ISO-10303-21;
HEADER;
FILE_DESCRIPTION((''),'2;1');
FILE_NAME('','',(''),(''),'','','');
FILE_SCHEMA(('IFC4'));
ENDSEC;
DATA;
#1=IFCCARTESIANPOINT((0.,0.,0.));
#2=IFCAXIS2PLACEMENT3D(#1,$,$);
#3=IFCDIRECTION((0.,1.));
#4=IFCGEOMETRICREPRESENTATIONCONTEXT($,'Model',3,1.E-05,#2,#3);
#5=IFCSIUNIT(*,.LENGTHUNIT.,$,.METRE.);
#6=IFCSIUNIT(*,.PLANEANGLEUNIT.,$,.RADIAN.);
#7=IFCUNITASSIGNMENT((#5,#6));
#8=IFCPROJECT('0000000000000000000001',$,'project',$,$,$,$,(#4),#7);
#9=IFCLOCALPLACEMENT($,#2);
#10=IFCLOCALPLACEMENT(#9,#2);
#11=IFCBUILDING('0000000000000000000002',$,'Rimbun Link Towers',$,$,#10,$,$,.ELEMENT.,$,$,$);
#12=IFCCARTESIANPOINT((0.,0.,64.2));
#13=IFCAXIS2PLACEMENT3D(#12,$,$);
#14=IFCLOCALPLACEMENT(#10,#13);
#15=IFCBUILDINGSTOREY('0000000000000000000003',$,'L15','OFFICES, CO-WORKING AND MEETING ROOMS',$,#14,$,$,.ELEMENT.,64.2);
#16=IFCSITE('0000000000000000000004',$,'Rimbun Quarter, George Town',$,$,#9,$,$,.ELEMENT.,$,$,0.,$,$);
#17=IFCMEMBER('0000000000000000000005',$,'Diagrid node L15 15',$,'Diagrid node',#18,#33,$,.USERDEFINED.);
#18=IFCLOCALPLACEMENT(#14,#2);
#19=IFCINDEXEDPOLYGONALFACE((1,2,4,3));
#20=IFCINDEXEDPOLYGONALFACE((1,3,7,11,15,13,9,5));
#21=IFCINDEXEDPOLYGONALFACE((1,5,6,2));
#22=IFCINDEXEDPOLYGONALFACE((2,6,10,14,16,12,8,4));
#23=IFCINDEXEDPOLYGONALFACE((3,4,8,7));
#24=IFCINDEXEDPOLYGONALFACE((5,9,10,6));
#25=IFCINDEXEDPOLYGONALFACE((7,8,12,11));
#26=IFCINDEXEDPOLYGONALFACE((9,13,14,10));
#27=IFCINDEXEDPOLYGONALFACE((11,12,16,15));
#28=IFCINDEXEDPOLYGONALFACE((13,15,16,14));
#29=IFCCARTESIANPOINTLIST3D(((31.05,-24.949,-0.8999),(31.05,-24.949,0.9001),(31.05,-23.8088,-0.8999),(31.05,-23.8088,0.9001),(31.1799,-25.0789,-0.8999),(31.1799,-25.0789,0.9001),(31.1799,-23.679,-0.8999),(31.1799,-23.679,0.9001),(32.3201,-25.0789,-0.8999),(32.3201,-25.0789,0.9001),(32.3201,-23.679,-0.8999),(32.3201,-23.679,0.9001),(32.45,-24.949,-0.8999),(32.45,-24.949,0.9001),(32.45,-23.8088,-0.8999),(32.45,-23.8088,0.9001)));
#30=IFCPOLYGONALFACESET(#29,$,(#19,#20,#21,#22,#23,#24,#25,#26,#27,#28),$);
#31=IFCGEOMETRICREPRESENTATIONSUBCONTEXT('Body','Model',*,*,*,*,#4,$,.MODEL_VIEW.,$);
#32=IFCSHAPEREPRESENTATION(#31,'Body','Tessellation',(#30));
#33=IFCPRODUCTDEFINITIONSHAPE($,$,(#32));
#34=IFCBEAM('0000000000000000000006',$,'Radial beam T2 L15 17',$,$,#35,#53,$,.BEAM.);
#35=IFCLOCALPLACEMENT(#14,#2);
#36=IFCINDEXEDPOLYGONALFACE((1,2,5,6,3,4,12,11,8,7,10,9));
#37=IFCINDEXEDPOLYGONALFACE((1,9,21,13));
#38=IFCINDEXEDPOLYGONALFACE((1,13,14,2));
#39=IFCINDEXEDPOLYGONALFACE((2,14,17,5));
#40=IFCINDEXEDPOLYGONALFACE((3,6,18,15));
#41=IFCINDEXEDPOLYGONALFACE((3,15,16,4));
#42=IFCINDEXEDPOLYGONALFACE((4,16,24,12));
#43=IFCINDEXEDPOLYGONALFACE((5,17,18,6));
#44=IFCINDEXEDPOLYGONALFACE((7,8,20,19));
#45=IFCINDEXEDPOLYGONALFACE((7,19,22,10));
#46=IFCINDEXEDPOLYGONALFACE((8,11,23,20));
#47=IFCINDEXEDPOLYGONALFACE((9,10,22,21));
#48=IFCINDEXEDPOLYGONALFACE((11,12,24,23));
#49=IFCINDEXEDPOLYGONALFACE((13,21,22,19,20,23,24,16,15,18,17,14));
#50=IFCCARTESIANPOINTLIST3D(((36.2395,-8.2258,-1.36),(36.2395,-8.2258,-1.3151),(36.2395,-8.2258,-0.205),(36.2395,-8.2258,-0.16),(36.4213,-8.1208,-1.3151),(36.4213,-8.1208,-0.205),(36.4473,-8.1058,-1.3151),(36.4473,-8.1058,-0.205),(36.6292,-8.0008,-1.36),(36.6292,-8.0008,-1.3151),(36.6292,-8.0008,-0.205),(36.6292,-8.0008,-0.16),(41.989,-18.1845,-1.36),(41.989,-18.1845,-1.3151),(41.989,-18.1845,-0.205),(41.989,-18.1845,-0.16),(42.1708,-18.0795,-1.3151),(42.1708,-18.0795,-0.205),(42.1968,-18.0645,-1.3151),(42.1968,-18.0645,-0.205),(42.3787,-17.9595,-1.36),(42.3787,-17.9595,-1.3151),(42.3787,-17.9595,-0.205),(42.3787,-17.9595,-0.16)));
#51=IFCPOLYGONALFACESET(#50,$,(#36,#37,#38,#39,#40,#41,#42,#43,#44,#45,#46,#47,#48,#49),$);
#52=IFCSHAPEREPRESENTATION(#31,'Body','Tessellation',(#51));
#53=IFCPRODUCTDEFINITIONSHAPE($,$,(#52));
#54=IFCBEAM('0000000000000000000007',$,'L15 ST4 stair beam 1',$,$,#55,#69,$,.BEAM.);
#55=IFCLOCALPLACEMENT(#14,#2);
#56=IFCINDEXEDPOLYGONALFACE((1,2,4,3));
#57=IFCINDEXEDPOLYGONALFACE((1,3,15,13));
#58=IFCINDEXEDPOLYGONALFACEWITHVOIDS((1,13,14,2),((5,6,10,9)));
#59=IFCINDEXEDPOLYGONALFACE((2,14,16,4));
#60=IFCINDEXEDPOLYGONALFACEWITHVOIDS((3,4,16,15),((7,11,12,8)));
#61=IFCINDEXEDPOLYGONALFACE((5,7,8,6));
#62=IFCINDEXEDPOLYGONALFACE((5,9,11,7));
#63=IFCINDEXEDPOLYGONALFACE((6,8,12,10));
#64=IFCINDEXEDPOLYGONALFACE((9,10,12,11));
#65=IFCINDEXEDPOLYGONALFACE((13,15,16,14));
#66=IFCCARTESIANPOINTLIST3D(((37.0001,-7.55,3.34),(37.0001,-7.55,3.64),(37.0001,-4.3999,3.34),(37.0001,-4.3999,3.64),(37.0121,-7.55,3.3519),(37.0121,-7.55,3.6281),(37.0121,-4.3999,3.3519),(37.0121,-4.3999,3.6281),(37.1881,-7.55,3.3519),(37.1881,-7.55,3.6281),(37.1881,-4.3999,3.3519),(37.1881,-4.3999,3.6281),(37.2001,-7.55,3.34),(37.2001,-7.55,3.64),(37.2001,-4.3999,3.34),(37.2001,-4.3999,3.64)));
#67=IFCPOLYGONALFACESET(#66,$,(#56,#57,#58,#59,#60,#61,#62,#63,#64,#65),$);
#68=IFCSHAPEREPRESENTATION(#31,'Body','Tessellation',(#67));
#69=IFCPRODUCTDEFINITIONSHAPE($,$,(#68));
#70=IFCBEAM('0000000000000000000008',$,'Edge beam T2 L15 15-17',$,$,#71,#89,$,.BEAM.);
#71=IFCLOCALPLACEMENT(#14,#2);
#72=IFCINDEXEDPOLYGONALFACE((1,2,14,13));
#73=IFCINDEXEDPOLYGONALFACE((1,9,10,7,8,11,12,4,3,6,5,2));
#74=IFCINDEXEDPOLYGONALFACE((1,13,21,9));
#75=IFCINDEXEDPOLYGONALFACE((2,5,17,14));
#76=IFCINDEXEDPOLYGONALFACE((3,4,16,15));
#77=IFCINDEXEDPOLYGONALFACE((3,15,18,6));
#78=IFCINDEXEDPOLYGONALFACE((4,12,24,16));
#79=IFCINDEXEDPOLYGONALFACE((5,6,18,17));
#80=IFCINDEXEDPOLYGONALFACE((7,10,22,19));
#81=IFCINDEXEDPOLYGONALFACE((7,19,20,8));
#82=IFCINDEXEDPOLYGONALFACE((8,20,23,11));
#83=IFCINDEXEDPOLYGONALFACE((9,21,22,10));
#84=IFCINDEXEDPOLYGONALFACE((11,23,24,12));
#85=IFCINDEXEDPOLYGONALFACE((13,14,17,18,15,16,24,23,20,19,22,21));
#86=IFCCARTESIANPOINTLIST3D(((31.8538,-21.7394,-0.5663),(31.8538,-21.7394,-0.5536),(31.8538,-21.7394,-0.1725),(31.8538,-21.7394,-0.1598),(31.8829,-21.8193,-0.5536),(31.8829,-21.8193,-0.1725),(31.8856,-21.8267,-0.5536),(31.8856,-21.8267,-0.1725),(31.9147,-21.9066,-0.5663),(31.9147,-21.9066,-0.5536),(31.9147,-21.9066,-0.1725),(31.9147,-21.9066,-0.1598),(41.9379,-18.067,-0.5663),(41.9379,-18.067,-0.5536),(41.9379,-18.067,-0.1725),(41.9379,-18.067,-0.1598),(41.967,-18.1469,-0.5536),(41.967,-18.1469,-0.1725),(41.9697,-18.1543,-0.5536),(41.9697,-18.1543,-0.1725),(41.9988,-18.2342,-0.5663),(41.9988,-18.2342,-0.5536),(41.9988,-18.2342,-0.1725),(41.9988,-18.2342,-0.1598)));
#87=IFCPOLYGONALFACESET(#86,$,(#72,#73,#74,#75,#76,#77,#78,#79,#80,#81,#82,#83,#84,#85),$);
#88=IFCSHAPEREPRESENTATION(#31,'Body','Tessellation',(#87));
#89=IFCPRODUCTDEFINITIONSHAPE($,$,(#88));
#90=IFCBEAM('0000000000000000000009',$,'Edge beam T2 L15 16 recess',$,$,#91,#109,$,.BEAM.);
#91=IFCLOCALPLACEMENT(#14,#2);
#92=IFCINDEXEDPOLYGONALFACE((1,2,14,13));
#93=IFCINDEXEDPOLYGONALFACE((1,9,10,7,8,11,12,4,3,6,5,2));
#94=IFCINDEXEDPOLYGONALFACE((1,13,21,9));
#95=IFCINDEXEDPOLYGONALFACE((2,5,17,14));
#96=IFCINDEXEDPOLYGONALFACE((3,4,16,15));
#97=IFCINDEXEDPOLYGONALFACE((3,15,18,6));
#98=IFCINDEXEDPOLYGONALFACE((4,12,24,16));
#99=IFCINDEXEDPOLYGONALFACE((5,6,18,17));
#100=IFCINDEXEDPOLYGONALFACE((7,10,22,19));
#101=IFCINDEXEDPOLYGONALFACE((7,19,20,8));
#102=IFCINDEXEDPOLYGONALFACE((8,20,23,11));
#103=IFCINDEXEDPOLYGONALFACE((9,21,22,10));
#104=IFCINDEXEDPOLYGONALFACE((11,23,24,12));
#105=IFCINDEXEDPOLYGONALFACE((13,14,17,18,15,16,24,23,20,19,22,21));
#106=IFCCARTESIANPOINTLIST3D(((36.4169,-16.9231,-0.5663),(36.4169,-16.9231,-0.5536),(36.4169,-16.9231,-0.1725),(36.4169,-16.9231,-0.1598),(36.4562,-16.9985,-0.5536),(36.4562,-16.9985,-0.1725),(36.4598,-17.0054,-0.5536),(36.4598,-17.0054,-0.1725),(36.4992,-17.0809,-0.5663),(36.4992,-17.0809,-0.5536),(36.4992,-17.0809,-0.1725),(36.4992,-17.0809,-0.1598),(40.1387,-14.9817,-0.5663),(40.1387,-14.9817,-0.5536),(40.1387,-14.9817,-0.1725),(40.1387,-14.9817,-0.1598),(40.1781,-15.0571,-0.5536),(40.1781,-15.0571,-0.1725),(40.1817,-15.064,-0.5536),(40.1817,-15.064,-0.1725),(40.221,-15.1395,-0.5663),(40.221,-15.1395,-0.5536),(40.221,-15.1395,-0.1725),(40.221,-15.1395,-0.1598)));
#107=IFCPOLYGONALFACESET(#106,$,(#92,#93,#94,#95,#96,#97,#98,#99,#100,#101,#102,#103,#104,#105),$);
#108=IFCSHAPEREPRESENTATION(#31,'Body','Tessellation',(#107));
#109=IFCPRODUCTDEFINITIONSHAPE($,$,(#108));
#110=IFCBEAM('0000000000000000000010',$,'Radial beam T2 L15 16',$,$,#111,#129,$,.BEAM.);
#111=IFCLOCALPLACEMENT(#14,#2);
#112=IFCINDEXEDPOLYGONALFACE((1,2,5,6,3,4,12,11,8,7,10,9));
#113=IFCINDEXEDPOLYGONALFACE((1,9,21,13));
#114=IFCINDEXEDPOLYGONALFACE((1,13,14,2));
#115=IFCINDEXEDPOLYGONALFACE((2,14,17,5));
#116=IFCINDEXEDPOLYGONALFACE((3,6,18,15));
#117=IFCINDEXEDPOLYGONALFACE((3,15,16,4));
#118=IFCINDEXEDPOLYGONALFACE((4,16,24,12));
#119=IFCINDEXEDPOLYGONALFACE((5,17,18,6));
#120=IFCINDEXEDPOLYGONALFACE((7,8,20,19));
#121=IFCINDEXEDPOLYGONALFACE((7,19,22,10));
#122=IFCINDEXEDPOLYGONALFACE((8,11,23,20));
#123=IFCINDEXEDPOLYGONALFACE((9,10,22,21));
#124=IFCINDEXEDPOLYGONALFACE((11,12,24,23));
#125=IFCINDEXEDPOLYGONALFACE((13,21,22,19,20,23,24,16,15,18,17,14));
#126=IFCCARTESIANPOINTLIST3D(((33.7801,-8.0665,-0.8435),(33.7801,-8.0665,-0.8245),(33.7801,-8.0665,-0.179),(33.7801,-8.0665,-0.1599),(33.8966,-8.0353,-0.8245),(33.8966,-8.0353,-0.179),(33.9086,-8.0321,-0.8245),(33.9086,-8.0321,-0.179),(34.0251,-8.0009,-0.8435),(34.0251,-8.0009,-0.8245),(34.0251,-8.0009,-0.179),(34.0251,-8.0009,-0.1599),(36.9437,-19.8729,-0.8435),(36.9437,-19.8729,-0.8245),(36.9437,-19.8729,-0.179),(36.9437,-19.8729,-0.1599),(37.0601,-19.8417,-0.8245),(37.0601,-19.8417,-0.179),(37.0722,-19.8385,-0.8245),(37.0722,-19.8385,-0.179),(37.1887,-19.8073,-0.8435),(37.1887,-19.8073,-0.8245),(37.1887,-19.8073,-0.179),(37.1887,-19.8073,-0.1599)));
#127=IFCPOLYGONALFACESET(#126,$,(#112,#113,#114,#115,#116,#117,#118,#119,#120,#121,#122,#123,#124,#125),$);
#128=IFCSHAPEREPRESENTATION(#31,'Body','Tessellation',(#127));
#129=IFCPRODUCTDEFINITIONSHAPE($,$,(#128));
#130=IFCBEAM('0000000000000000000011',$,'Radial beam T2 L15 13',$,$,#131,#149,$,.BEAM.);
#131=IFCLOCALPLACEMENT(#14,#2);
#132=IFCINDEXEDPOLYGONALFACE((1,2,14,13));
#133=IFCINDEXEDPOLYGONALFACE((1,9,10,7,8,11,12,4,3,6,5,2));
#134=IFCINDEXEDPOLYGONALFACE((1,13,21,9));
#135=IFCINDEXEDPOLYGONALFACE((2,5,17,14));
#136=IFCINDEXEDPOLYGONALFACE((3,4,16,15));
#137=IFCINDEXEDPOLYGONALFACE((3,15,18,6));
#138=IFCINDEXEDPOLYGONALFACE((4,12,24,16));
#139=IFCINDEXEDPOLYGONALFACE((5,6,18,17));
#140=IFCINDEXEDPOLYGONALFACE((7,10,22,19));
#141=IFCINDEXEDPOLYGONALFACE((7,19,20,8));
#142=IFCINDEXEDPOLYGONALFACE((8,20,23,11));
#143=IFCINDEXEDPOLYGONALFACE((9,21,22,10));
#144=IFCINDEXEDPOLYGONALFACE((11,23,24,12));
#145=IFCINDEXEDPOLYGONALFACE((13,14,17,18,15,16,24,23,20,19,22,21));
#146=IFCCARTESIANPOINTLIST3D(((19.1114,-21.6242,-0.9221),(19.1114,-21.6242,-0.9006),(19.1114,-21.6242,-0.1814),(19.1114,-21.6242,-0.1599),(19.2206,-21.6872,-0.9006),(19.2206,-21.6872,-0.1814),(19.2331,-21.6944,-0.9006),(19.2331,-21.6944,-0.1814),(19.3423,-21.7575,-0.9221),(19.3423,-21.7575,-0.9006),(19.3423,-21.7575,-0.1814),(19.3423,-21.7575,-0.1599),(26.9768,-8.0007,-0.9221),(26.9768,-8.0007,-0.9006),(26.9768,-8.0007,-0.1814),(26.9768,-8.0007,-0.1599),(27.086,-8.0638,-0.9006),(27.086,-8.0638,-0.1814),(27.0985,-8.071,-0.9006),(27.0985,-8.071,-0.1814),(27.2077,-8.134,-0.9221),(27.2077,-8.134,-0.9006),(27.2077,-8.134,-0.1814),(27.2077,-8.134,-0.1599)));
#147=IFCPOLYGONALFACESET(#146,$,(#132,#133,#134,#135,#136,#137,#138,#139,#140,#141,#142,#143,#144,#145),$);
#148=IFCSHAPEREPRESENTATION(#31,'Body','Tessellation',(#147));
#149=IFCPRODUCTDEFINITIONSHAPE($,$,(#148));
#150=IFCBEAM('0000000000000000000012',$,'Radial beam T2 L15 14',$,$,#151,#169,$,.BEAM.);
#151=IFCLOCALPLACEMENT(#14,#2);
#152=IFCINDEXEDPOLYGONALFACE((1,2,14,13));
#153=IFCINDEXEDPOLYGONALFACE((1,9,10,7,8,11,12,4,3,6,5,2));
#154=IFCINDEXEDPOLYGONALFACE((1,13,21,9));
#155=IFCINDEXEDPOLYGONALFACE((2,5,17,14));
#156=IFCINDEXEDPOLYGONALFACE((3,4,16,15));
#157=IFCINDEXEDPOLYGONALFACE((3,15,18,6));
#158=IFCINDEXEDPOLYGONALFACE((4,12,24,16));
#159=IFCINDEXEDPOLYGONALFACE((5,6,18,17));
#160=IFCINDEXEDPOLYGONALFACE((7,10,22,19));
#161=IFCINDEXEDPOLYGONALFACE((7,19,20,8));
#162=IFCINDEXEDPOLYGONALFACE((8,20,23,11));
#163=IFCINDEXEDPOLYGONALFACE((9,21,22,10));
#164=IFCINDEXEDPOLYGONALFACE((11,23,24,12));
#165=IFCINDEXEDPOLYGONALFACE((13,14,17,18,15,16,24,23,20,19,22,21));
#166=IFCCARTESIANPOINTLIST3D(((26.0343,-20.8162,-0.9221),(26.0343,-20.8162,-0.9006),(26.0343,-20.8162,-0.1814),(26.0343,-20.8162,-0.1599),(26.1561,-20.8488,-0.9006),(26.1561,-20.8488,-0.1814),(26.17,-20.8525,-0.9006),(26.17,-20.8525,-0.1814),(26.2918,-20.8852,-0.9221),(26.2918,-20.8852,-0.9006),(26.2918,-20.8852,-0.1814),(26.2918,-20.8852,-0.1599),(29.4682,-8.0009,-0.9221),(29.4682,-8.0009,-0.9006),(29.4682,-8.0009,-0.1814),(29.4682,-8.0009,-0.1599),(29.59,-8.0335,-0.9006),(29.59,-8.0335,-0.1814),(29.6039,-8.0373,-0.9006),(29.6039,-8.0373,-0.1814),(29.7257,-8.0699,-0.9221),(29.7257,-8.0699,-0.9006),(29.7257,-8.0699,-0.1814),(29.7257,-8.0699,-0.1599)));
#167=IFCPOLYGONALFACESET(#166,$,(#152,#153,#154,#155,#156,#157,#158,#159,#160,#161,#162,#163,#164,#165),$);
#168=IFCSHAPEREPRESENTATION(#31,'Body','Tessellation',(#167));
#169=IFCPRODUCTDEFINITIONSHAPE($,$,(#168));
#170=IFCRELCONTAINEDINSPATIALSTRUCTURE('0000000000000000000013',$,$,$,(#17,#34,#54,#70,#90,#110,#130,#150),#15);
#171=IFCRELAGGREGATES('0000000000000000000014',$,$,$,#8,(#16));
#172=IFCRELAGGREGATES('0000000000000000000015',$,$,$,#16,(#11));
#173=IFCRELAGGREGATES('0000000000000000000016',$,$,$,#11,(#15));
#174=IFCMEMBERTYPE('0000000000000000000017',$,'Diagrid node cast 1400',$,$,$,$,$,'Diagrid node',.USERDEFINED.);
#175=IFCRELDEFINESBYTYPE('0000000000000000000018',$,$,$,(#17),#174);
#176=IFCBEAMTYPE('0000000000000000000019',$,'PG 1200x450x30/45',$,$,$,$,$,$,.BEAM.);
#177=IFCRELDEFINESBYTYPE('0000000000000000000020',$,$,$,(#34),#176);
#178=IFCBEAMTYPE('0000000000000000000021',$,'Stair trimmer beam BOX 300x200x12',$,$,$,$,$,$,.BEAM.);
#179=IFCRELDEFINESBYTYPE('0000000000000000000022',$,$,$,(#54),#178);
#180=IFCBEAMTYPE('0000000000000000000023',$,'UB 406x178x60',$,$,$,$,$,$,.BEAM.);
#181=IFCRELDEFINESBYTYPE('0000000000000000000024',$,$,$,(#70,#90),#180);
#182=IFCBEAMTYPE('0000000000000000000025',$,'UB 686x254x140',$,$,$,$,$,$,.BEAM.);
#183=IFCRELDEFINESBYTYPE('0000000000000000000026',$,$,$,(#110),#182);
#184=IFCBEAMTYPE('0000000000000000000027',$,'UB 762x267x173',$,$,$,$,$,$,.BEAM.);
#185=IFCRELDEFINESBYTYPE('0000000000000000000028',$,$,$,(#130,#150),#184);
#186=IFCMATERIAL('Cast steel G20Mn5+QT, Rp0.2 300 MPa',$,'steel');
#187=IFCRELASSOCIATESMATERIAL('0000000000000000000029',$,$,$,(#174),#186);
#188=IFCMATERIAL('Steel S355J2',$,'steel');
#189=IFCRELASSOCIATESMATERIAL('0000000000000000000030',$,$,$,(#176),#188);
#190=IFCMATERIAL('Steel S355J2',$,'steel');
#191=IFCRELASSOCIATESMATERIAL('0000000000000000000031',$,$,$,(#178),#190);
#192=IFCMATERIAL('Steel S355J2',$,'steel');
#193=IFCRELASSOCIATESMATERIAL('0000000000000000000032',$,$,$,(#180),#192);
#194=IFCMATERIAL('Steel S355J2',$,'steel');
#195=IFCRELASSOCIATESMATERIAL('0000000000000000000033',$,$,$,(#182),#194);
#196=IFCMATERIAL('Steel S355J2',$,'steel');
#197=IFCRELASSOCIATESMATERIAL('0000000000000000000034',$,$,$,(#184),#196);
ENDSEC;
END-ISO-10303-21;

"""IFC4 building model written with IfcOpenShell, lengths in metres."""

from ifc_helpers import new_model, si_unit, direction, frame, origin, origin_2d, place, context, subcontext, project, spatial, polyline, hollow_rectangle, i_section, outline, extrude, material, material_profile, profile_set, type_object, element, save


model = new_model("IFC4")

# Units and contexts
model_context = context("Model", 3, precision=1e-05, world=origin(), true_north=direction((0.0, 1.0)))
body_context = subcontext(model_context, "Body", "Model", "MODEL_VIEW")
ifc_project = project(units=[si_unit("LENGTHUNIT", "METRE"), si_unit("PLANEANGLEUNIT", "RADIAN")], contexts=[model_context])

# Site, building, storey
site_placement = place(None, origin())
site = spatial("IfcSite", under=ifc_project, at=site_placement, Name="Rimbun Quarter, George Town", CompositionType="ELEMENT", RefElevation=0.0)
building_placement = place(site_placement, origin())
building = spatial("IfcBuilding", under=site, at=building_placement, Name="Rimbun Link Towers", CompositionType="ELEMENT")
storey_placement = place(building_placement, frame((0.0, 0.0, 64.2)))
storey = spatial("IfcBuildingStorey", under=building, at=storey_placement, Name="L15", Description="OFFICES, CO-WORKING AND MEETING ROOMS", CompositionType="ELEMENT", Elevation=64.2)

# Member
ifc_material_1 = material(Name="Cast steel G20Mn5+QT, Rp0.2 300 MPa", Category="steel")
ifc_material_profile_1 = material_profile(ifc_material_1, outline(polyline([(0.7, -0.5701), (0.7, 0.5701), (0.5701, 0.7), (-0.5701, 0.7), (-0.7, 0.5701), (-0.7, -0.5701), (-0.5701, -0.7), (0.5701, -0.7), (0.7, -0.5701)])), Name="NODE 1400x1400")
ifc_profile_set_1 = profile_set([ifc_material_profile_1], Name="Cast steel G20Mn5+QT, Rp0.2 300 MPa")
member_type_1 = type_object("IfcMemberType", Name="Diagrid node cast 1400", ElementType="Diagrid node", PredefinedType="USERDEFINED", material=ifc_profile_set_1)
member_1_placement = place(storey_placement, frame((31.75, -24.3789, -0.8999), z_axis=(0.0, 0.0, 1.0), x_axis=(0.0, -1.0, 0.0)))
element("IfcMember", 1, at=member_1_placement, inside=storey, type_object=member_type_1, Name="Diagrid node L15 15", ObjectType="Diagrid node", PredefinedType="USERDEFINED", context=body_context, shape_type="SweptSolid", body=[
    extrude(outline(polyline([(0.7, -0.5701), (0.7, 0.5701), (0.5701, 0.7), (-0.5701, 0.7), (-0.7, 0.5701), (-0.7, -0.5701), (-0.5701, -0.7), (0.5701, -0.7), (0.7, -0.5701)])), origin(), (0.0, 0.0, 1.0), 1.8),
])

# Beams
ifc_material_2 = material(Name="Steel S355J2", Category="steel")
ifc_material_profile_2 = material_profile(ifc_material_2, i_section(OverallWidth=0.45, OverallDepth=1.2, WebThickness=0.03, FlangeThickness=0.0449, at=origin_2d()), Name="PG 1200x450x30/45")
ifc_profile_set_2 = profile_set([ifc_material_profile_2], Name="Steel S355J2")
beam_type_1 = type_object("IfcBeamType", Name="PG 1200x450x30/45", PredefinedType="BEAM", material=ifc_profile_set_2)
beam_1_placement = place(storey_placement, frame((36.4343, -8.1133, -0.76), z_axis=(0.499989, -0.866032, 0.0), x_axis=(0.866032, 0.499989, 0.0)))
element("IfcBeam", 2, at=beam_1_placement, inside=storey, type_object=beam_type_1, Name="Radial beam T2 L15 17", PredefinedType="BEAM", context=body_context, shape_type="SweptSolid", body=[
    extrude(i_section(OverallWidth=0.45, OverallDepth=1.2, WebThickness=0.03, FlangeThickness=0.0449, at=origin_2d()), origin(), (0.0, 0.0, 1.0), 11.4993),
])
ifc_material_3 = material(Name="Steel S355J2", Category="steel")
ifc_material_profile_3 = material_profile(ifc_material_3, hollow_rectangle(XDim=0.2, YDim=0.3, WallThickness=0.012, at=origin_2d()), Name="BOX 300x200x12")
ifc_profile_set_3 = profile_set([ifc_material_profile_3], Name="Steel S355J2")
beam_type_2 = type_object("IfcBeamType", Name="Stair trimmer beam BOX 300x200x12", PredefinedType="BEAM", material=ifc_profile_set_3)
beam_2_placement = place(storey_placement, frame((37.1001, -7.55, 3.49), z_axis=(0.0, 1.0, 0.0), x_axis=(-1.0, 0.0, 0.0)))
element("IfcBeam", 3, at=beam_2_placement, inside=storey, type_object=beam_type_2, Name="L15 ST4 stair beam 1", PredefinedType="BEAM", context=body_context, shape_type="SweptSolid", body=[
    extrude(hollow_rectangle(XDim=0.2, YDim=0.3, WallThickness=0.012, at=origin_2d()), origin(), (0.0, 0.0, 1.0), 3.1501),
])
ifc_material_4 = material(Name="Steel S355J2", Category="steel")
ifc_material_profile_4 = material_profile(ifc_material_4, i_section(OverallWidth=0.178, OverallDepth=0.4065, WebThickness=0.0078, FlangeThickness=0.0127, at=origin_2d()), Name="UB 406x178x60")
ifc_profile_set_4 = profile_set([ifc_material_profile_4], Name="Steel S355J2")
beam_type_3 = type_object("IfcBeamType", Name="UB 406x178x60", PredefinedType="BEAM", material=ifc_profile_set_4)
beam_3_placement = place(storey_placement, frame((31.8843, -21.823, -0.363), z_axis=(0.93963, 0.342192, 0.0), x_axis=(-0.342192, 0.93963, 0.0)))
element("IfcBeam", 4, at=beam_3_placement, inside=storey, type_object=beam_type_3, Name="Edge beam T2 L15 15-17", PredefinedType="BEAM", context=body_context, shape_type="SweptSolid", body=[
    extrude(i_section(OverallWidth=0.178, OverallDepth=0.4065, WebThickness=0.0078, FlangeThickness=0.0127, at=origin_2d()), origin(), (0.0, 0.0, 1.0), 10.7319),
])
beam_4_placement = place(storey_placement, frame((36.458, -17.002, -0.363), z_axis=(0.88663, 0.462479, 0.0), x_axis=(-0.462479, 0.88663, 0.0)))
element("IfcBeam", 5, at=beam_4_placement, inside=storey, type_object=beam_type_3, Name="Edge beam T2 L15 16 recess", PredefinedType="BEAM", context=body_context, shape_type="SweptSolid", body=[
    extrude(i_section(OverallWidth=0.178, OverallDepth=0.4065, WebThickness=0.0078, FlangeThickness=0.0127, at=origin_2d()), origin(), (0.0, 0.0, 1.0), 4.1978),
])
ifc_material_5 = material(Name="Steel S355J2", Category="steel")
ifc_material_profile_5 = material_profile(ifc_material_5, i_section(OverallWidth=0.2537, OverallDepth=0.6836, WebThickness=0.0125, FlangeThickness=0.019, at=origin_2d()), Name="UB 686x254x140")
ifc_profile_set_5 = profile_set([ifc_material_profile_5], Name="Steel S355J2")
beam_type_4 = type_object("IfcBeamType", Name="UB 686x254x140", PredefinedType="BEAM", material=ifc_profile_set_5)
beam_5_placement = place(storey_placement, frame((33.9026, -8.0337, -0.5017), z_axis=(0.258824, -0.965925, 0.0), x_axis=(0.965925, 0.258824, 0.0)))
element("IfcBeam", 6, at=beam_5_placement, inside=storey, type_object=beam_type_4, Name="Radial beam T2 L15 16", PredefinedType="BEAM", context=body_context, shape_type="SweptSolid", body=[
    extrude(i_section(OverallWidth=0.2537, OverallDepth=0.6836, WebThickness=0.0125, FlangeThickness=0.019, at=origin_2d()), origin(), (0.0, 0.0, 1.0), 12.2229),
])
ifc_material_6 = material(Name="Steel S355J2", Category="steel")
ifc_material_profile_6 = material_profile(ifc_material_6, i_section(OverallWidth=0.2666, OverallDepth=0.7622, WebThickness=0.0144, FlangeThickness=0.0215, at=origin_2d()), Name="UB 762x267x173")
ifc_profile_set_6 = profile_set([ifc_material_profile_6], Name="Steel S355J2")
beam_type_5 = type_object("IfcBeamType", Name="UB 762x267x173", PredefinedType="BEAM", material=ifc_profile_set_6)
beam_6_placement = place(storey_placement, frame((27.0923, -8.0674, -0.541), z_axis=(-0.499997, -0.866027, 0.0), x_axis=(0.866027, -0.499997, 0.0)))
element("IfcBeam", 7, at=beam_6_placement, inside=storey, type_object=beam_type_5, Name="Radial beam T2 L15 13", PredefinedType="BEAM", context=body_context, shape_type="SweptSolid", body=[
    extrude(i_section(OverallWidth=0.2666, OverallDepth=0.7622, WebThickness=0.0144, FlangeThickness=0.0215, at=origin_2d()), origin(), (0.0, 0.0, 1.0), 15.731),
])
beam_7_placement = place(storey_placement, frame((29.5969, -8.0354, -0.541), z_axis=(-0.25882, -0.965925, 0.0), x_axis=(0.965925, -0.25882, 0.0)))
element("IfcBeam", 8, at=beam_7_placement, inside=storey, type_object=beam_type_5, Name="Radial beam T2 L15 14", PredefinedType="BEAM", context=body_context, shape_type="SweptSolid", body=[
    extrude(i_section(OverallWidth=0.2666, OverallDepth=0.7622, WebThickness=0.0144, FlangeThickness=0.0215, at=origin_2d()), origin(), (0.0, 0.0, 1.0), 13.2673),
])

save(model, "model.ifc")
